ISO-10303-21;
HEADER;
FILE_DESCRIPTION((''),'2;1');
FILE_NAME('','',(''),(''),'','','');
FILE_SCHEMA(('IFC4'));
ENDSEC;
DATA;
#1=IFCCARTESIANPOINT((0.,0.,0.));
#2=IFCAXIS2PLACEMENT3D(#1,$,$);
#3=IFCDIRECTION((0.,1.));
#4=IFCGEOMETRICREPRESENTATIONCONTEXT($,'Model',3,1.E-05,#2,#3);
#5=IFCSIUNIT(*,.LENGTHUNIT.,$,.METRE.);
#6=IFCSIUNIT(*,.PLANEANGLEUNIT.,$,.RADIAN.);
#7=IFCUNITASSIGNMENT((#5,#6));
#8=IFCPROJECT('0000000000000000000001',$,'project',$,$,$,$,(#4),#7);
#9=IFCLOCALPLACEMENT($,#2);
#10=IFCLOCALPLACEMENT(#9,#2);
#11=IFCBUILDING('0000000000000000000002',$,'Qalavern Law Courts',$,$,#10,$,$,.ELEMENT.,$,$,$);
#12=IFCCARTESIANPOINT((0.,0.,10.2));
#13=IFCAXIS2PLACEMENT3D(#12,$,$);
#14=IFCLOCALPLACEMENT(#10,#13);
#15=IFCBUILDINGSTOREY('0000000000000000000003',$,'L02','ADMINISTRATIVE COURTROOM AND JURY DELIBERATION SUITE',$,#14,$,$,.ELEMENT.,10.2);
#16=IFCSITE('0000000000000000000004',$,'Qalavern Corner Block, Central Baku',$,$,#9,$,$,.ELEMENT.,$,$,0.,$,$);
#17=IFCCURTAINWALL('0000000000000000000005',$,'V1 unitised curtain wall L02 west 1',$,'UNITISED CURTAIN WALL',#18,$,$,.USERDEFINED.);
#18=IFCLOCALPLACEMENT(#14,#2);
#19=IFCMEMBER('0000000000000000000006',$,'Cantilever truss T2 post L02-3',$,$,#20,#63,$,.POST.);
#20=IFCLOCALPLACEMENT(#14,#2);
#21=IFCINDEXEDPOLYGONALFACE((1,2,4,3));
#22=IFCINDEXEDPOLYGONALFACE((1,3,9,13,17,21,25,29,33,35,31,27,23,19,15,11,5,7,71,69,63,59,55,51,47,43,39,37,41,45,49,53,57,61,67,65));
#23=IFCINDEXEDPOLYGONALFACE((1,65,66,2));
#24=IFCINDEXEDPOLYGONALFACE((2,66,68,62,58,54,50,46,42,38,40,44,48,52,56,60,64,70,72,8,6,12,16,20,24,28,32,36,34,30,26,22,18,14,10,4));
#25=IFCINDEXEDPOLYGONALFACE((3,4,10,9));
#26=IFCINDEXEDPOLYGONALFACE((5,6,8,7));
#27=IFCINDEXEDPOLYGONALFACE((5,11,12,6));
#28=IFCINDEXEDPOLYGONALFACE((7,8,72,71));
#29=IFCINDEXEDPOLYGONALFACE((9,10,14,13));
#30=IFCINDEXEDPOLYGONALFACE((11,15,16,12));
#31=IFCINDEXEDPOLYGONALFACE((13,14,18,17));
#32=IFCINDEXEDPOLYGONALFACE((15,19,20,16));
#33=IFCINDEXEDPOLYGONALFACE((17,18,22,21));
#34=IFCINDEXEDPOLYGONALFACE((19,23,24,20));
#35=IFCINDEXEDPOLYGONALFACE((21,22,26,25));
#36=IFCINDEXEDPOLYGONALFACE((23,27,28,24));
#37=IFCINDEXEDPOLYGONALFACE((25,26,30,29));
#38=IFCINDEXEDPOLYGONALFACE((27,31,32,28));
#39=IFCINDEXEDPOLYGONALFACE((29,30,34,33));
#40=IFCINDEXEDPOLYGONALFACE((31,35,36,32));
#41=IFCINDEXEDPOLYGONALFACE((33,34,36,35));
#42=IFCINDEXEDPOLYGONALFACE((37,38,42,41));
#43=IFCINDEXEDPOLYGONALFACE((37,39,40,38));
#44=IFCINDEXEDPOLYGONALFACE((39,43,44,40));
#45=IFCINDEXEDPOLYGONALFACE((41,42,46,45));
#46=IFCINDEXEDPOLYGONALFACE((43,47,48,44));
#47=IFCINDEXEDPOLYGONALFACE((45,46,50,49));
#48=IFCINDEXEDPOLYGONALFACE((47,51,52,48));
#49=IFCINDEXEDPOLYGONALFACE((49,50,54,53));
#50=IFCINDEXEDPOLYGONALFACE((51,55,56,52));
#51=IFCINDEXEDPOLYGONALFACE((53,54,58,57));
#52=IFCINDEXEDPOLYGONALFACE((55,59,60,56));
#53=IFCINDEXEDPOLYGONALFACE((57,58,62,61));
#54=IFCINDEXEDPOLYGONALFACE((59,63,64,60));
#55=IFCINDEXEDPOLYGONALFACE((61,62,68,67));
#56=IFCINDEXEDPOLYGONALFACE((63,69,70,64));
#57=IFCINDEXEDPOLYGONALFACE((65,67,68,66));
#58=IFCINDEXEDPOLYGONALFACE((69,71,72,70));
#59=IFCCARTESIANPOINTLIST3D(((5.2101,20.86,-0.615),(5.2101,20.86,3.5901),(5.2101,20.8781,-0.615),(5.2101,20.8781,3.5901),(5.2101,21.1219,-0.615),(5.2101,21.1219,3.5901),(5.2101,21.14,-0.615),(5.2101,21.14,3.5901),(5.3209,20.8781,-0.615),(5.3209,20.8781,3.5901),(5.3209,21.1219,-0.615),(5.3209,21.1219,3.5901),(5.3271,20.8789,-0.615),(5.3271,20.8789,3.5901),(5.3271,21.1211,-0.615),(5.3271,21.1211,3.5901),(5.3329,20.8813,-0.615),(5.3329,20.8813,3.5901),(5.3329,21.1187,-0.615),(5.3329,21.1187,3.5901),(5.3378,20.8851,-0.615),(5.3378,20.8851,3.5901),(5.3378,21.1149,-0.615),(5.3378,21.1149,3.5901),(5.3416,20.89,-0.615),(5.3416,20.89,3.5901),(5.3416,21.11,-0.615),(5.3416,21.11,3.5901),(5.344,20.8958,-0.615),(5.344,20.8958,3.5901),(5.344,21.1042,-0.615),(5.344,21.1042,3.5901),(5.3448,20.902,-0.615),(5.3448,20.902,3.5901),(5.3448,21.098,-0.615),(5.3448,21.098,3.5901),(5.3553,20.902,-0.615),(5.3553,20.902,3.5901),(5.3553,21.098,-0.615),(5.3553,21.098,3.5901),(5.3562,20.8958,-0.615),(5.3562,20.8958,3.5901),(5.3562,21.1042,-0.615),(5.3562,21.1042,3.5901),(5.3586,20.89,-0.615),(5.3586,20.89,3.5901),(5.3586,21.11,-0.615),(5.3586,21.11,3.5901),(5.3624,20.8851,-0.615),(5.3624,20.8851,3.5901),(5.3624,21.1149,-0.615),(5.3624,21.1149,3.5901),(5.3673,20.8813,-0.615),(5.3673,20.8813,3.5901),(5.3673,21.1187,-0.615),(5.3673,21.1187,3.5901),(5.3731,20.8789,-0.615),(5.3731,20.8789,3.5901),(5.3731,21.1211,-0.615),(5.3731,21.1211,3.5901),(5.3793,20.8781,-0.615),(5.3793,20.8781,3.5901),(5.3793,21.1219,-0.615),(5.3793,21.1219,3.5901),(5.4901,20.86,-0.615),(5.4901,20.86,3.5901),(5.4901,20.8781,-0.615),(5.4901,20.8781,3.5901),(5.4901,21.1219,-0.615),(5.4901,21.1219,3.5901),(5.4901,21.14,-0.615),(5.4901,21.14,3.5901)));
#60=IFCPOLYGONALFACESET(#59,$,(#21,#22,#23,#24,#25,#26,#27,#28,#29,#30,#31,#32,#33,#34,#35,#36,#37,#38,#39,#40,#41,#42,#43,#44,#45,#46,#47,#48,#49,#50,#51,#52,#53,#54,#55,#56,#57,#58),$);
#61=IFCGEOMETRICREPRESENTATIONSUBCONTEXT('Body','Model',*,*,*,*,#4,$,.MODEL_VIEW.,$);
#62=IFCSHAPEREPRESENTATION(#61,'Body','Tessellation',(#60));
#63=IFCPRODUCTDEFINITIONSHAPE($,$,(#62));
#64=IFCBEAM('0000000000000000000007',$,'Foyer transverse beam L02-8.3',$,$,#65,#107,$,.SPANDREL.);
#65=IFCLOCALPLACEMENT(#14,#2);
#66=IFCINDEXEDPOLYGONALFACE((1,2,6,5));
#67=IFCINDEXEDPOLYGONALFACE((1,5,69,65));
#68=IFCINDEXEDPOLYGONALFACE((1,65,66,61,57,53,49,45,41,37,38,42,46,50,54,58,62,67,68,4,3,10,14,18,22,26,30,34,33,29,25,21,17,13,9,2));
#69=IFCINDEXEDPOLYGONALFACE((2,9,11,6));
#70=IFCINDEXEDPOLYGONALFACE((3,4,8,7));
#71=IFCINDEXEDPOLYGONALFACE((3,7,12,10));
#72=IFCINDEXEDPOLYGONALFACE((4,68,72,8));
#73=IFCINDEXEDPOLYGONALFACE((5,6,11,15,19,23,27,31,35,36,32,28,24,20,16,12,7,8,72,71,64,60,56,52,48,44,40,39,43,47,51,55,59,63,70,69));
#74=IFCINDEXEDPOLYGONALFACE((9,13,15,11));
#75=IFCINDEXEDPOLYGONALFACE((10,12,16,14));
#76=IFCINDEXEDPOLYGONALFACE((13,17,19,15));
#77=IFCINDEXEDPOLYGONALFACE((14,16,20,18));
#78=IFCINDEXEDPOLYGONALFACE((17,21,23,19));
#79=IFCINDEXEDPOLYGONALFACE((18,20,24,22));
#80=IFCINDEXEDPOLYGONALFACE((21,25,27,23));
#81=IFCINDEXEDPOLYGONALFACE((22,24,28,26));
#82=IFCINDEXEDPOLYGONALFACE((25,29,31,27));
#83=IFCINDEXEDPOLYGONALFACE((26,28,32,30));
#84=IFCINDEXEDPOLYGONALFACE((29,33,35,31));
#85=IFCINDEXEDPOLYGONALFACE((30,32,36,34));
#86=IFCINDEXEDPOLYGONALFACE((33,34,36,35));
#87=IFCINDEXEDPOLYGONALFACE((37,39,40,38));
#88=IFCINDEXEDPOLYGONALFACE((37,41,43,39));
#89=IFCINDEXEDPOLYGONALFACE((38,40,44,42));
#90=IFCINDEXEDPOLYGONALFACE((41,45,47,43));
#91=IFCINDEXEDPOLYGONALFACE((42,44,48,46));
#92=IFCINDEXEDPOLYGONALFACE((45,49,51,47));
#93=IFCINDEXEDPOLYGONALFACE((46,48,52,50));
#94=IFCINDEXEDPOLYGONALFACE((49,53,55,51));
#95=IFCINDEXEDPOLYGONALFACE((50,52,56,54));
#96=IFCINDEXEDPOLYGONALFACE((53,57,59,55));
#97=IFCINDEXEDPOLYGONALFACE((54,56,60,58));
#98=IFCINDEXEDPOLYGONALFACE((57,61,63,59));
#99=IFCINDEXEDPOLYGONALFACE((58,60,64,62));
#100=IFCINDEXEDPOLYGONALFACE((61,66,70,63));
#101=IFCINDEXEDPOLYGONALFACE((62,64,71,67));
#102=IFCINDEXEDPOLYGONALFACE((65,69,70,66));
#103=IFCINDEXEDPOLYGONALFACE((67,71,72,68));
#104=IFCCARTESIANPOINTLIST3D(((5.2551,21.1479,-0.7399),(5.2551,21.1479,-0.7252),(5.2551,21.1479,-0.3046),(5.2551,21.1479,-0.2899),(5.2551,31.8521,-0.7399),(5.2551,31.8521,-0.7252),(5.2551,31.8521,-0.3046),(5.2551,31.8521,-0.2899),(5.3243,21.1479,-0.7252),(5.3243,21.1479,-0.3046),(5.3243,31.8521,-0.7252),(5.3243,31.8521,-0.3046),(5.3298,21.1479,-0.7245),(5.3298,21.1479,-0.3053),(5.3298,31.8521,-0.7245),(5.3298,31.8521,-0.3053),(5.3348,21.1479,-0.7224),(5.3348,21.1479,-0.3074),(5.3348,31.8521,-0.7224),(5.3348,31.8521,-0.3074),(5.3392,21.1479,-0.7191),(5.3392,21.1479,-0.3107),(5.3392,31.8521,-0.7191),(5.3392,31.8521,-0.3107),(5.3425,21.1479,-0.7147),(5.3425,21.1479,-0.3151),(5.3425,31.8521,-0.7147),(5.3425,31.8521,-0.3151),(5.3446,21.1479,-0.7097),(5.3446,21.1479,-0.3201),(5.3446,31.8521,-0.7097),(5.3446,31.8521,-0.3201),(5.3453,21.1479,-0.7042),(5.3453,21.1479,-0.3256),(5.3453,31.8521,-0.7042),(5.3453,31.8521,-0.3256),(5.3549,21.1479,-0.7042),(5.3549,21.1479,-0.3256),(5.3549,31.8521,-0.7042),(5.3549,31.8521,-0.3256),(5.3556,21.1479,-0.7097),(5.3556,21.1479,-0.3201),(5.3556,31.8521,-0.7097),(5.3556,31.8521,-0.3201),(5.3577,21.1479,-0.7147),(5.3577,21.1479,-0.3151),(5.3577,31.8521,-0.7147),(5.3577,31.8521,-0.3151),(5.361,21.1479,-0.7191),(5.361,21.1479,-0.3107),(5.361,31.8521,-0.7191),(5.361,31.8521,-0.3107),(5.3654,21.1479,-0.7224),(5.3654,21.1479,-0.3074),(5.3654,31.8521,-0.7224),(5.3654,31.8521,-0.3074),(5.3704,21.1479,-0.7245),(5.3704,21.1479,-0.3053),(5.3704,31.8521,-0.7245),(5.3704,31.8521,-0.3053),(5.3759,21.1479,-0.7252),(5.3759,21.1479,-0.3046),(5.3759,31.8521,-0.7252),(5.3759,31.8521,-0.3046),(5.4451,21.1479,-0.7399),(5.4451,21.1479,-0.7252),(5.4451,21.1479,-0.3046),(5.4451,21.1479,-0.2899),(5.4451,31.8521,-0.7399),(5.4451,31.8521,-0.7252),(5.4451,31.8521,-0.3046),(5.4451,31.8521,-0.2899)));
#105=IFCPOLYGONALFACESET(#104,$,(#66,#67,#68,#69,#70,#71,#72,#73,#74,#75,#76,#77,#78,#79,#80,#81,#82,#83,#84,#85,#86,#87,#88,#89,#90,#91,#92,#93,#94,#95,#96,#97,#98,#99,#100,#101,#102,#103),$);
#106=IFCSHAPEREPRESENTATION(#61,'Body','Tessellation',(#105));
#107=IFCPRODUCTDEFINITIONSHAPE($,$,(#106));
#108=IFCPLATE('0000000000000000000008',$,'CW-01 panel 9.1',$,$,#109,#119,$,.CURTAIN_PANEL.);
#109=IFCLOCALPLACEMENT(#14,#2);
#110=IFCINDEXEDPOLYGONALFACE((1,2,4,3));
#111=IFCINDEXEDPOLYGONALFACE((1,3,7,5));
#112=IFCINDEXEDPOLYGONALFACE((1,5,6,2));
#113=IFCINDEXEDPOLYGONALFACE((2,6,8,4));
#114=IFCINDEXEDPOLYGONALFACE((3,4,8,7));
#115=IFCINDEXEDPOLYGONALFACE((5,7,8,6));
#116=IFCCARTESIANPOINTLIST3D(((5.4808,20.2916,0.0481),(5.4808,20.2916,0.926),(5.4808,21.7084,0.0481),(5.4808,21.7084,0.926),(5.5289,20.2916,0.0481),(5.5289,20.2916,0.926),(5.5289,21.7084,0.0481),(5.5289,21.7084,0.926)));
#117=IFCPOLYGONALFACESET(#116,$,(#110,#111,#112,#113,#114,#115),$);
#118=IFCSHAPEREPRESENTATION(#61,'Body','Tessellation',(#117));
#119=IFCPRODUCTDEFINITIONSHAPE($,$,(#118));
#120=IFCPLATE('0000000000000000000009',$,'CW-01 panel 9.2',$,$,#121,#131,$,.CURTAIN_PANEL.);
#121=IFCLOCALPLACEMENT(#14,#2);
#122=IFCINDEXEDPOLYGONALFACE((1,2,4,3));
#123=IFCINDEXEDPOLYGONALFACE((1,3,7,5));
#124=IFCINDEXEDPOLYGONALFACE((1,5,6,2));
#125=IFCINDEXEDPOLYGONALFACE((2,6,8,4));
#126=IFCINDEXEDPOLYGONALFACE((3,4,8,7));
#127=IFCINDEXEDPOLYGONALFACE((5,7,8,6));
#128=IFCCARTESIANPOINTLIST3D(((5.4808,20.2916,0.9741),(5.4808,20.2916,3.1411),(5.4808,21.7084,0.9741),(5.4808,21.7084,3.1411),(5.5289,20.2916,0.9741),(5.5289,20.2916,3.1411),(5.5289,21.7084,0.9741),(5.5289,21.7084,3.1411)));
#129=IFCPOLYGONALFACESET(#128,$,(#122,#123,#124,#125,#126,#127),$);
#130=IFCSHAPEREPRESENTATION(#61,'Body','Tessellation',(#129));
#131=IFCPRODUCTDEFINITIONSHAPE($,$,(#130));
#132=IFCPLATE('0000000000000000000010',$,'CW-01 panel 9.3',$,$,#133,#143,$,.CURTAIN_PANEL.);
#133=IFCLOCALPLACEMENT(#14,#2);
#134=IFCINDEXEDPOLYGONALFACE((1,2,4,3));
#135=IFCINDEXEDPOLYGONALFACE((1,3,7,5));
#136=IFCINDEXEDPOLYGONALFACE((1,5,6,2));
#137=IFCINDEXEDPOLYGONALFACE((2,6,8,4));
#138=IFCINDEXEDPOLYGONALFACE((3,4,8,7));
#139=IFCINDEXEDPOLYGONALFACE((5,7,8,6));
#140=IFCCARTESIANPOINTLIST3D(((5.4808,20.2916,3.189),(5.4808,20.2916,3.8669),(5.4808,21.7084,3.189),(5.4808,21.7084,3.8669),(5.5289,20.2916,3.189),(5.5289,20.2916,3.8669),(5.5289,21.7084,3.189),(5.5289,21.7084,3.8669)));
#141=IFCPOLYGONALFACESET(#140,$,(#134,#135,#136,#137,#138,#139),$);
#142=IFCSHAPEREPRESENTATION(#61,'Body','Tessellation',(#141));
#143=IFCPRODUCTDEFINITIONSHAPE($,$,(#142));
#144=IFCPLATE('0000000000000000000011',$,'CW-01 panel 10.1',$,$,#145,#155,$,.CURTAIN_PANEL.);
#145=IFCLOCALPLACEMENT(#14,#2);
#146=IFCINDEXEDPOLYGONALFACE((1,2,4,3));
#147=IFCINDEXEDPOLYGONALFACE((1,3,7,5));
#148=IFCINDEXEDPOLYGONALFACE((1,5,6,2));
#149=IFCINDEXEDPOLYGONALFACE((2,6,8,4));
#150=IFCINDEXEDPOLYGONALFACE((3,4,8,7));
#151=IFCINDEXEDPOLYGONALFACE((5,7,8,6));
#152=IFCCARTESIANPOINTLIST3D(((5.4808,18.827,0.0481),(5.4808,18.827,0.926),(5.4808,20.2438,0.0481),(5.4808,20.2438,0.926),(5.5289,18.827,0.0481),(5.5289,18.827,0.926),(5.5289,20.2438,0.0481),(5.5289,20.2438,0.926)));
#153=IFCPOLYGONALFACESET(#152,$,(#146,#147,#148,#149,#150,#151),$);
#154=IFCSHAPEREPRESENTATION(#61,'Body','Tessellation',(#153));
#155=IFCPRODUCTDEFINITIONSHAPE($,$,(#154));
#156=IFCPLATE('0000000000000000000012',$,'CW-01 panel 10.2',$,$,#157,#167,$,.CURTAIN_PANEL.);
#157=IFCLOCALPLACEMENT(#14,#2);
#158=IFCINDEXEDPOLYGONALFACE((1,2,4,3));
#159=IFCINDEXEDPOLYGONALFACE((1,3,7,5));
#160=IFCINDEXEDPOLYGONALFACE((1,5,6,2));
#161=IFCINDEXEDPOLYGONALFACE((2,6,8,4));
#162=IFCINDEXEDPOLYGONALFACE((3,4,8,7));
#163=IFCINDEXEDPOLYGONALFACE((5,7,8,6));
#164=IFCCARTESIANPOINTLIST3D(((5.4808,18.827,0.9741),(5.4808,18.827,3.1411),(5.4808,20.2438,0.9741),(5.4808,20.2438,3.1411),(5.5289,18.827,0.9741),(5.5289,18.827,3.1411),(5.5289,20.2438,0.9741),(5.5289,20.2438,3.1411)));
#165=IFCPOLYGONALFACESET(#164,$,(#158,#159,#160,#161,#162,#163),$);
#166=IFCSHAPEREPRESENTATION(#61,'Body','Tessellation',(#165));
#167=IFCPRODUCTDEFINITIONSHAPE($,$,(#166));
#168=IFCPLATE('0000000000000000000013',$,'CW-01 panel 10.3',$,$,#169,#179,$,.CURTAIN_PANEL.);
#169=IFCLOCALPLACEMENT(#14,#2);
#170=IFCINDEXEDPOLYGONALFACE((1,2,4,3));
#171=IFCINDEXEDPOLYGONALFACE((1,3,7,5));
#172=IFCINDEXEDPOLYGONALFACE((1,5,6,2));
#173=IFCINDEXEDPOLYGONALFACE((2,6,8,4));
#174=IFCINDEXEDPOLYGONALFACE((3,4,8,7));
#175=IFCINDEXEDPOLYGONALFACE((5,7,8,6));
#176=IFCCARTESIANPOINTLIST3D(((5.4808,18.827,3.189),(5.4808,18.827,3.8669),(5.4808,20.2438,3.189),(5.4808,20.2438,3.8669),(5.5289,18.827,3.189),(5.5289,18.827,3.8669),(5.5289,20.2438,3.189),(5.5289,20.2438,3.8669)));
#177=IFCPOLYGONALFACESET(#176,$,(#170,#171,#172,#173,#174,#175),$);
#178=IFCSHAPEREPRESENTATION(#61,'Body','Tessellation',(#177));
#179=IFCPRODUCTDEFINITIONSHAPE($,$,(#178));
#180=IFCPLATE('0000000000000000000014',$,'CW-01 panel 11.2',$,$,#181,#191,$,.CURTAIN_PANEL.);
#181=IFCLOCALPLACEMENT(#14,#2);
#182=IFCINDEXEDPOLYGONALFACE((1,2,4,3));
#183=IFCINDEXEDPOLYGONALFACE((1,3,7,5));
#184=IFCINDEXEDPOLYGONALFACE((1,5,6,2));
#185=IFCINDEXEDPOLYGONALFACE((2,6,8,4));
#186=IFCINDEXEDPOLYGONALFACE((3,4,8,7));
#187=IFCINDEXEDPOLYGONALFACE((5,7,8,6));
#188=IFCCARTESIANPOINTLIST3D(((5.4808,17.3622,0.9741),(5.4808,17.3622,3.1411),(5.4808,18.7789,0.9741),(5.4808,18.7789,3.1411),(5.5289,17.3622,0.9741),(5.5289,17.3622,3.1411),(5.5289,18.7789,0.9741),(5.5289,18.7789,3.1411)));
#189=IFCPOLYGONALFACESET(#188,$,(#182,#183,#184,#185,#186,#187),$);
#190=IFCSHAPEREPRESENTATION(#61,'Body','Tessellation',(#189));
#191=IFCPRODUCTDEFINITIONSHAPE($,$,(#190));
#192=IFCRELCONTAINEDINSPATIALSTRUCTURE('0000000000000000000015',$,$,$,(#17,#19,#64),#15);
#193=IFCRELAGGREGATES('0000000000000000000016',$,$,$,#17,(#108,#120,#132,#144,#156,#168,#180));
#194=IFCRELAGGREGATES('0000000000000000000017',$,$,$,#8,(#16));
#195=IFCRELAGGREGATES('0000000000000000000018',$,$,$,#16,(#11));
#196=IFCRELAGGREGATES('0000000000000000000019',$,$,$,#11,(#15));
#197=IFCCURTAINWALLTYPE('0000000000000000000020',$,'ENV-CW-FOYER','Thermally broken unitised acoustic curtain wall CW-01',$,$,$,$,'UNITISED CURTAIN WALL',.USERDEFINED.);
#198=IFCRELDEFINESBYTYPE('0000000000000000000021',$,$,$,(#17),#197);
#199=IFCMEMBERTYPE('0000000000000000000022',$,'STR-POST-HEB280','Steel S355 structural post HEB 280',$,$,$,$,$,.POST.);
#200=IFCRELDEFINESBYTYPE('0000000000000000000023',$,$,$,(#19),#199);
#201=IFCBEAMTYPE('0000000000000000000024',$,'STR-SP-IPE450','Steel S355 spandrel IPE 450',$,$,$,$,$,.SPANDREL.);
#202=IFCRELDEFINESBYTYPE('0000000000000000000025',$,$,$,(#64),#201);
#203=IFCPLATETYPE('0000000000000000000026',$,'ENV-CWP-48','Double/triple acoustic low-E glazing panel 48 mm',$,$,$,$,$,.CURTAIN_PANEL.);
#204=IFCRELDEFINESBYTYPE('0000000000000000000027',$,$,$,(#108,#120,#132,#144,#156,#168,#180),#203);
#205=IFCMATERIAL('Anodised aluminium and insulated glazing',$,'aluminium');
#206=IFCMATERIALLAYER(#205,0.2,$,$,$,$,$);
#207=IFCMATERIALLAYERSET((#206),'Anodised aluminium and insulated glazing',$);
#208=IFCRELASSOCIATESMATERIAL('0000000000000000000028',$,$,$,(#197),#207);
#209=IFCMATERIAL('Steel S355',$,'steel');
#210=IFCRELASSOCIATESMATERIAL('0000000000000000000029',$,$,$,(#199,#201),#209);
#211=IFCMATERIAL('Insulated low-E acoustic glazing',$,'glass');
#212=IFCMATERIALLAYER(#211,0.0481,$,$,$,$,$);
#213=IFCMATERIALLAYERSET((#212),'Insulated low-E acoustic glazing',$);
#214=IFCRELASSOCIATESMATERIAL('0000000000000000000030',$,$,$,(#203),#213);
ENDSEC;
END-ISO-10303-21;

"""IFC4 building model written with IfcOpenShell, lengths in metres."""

from ifc_helpers import new_model, si_unit, direction, frame, origin, origin_2d, place, context, subcontext, project, spatial, rectangle, i_section, extrude, material, layer, layer_set, material_profile, profile_set, type_object, element, aggregate, save


model = new_model("IFC4")

# Units and contexts
model_context = context("Model", 3, precision=1e-05, world=origin(), true_north=direction((0.0, 1.0)))
body_context = subcontext(model_context, "Body", "Model", "MODEL_VIEW")
ifc_project = project(units=[si_unit("LENGTHUNIT", "METRE"), si_unit("PLANEANGLEUNIT", "RADIAN")], contexts=[model_context])

# Site, building, storey
site_placement = place(None, origin())
site = spatial("IfcSite", under=ifc_project, at=site_placement, Name="Qalavern Corner Block, Central Baku", CompositionType="ELEMENT", RefElevation=0.0)
building_placement = place(site_placement, origin())
building = spatial("IfcBuilding", under=site, at=building_placement, Name="Qalavern Law Courts", CompositionType="ELEMENT")
storey_placement = place(building_placement, frame((0.0, 0.0, 10.2)))
storey = spatial("IfcBuildingStorey", under=building, at=storey_placement, Name="L02", Description="ADMINISTRATIVE COURTROOM AND JURY DELIBERATION SUITE", CompositionType="ELEMENT", Elevation=10.2)

# Curtain wall
ifc_material_1 = material(Name="Anodised aluminium and insulated glazing", Category="aluminium")
ifc_layer_1 = layer(ifc_material_1, 0.2)
ifc_layer_set_1 = layer_set([ifc_layer_1], Name="Anodised aluminium and insulated glazing")
curtain_wall_type = type_object("IfcCurtainWallType", Name="ENV-CW-FOYER", Description="Thermally broken unitised acoustic curtain wall CW-01", ElementType="UNITISED CURTAIN WALL", PredefinedType="USERDEFINED", material=ifc_layer_set_1)
curtain_wall_placement = place(storey_placement, origin())
curtain_wall = element("IfcCurtainWall", 1, at=curtain_wall_placement, inside=storey, type_object=curtain_wall_type, Name="V1 unitised curtain wall L02 west 1", ObjectType="UNITISED CURTAIN WALL", PredefinedType="USERDEFINED")

# Member
ifc_material_2 = material(Name="Steel S355", Category="steel")
ifc_material_profile_1 = material_profile(ifc_material_2, i_section(OverallWidth=0.28, OverallDepth=0.28, WebThickness=0.0105, FlangeThickness=0.0181, FilletRadius=0.0239, at=origin_2d()), Name="HEB 280")
ifc_profile_set_1 = profile_set([ifc_material_profile_1], Name="Steel S355")
member_type_1 = type_object("IfcMemberType", Name="STR-POST-HEB280", Description="Steel S355 structural post HEB 280", PredefinedType="POST", material=ifc_profile_set_1)
member_1_placement = place(storey_placement, frame((5.3501, 21.0, -0.615), z_axis=(0.0, 0.0, 1.0), x_axis=(1.0, 0.0, 0.0)))
element("IfcMember", 2, at=member_1_placement, inside=storey, type_object=member_type_1, Name="Cantilever truss T2 post L02-3", PredefinedType="POST", context=body_context, shape_type="SweptSolid", body=[
    extrude(i_section(OverallWidth=0.28, OverallDepth=0.28, WebThickness=0.0105, FlangeThickness=0.0181, FilletRadius=0.0239, at=origin_2d()), origin(), (0.0, 0.0, 1.0), 4.2051),
])

# Beam
ifc_material_profile_2 = material_profile(ifc_material_2, i_section(OverallWidth=0.1899, OverallDepth=0.45, WebThickness=0.0095, FlangeThickness=0.0146, FilletRadius=0.021, at=origin_2d()), Name="IPE 450")
ifc_profile_set_2 = profile_set([ifc_material_profile_2], Name="Steel S355")
beam_type = type_object("IfcBeamType", Name="STR-SP-IPE450", Description="Steel S355 spandrel IPE 450", PredefinedType="SPANDREL", material=ifc_profile_set_2)
beam_placement = place(storey_placement, frame((5.3501, 21.1479, -0.5149), z_axis=(0.0, 1.0, 0.0), x_axis=(-1.0, 0.0, 0.0)))
element("IfcBeam", 3, at=beam_placement, inside=storey, type_object=beam_type, Name="Foyer transverse beam L02-8.3", PredefinedType="SPANDREL", context=body_context, shape_type="SweptSolid", body=[
    extrude(i_section(OverallWidth=0.1899, OverallDepth=0.45, WebThickness=0.0095, FlangeThickness=0.0146, FilletRadius=0.021, at=origin_2d()), origin(), (0.0, 0.0, 1.0), 10.7041),
])

# Plates
ifc_material_3 = material(Name="Insulated low-E acoustic glazing", Category="glass")
ifc_layer_2 = layer(ifc_material_3, 0.0481)
ifc_layer_set_2 = layer_set([ifc_layer_2], Name="Insulated low-E acoustic glazing")
plate_type_1 = type_object("IfcPlateType", Name="ENV-CWP-48", Description="Double/triple acoustic low-E glazing panel 48 mm", PredefinedType="CURTAIN_PANEL", material=ifc_layer_set_2)
plate_1_placement = place(storey_placement, frame((5.5049, 21.0, 0.0481), z_axis=(0.0, 0.0, 1.0), x_axis=(0.0, -1.0, 0.0)))
plate_1 = element("IfcPlate", 4, at=plate_1_placement, type_object=plate_type_1, Name="CW-01 panel 9.1", PredefinedType="CURTAIN_PANEL", context=body_context, shape_type="SweptSolid", body=[
    extrude(rectangle(XDim=1.4167, YDim=0.0481, at=origin_2d()), origin(), (0.0, 0.0, 1.0), 0.8779),
])
plate_2_placement = place(storey_placement, frame((5.5049, 21.0, 0.9741), z_axis=(0.0, 0.0, 1.0), x_axis=(0.0, -1.0, 0.0)))
plate_2 = element("IfcPlate", 5, at=plate_2_placement, type_object=plate_type_1, Name="CW-01 panel 9.2", PredefinedType="CURTAIN_PANEL", context=body_context, shape_type="SweptSolid", body=[
    extrude(rectangle(XDim=1.4167, YDim=0.0481, at=origin_2d()), origin(), (0.0, 0.0, 1.0), 2.167),
])
plate_3_placement = place(storey_placement, frame((5.5049, 21.0, 3.189), z_axis=(0.0, 0.0, 1.0), x_axis=(0.0, -1.0, 0.0)))
plate_3 = element("IfcPlate", 6, at=plate_3_placement, type_object=plate_type_1, Name="CW-01 panel 9.3", PredefinedType="CURTAIN_PANEL", context=body_context, shape_type="SweptSolid", body=[
    extrude(rectangle(XDim=1.4167, YDim=0.0481, at=origin_2d()), origin(), (0.0, 0.0, 1.0), 0.678),
])
plate_4_placement = place(storey_placement, frame((5.5049, 19.5354, 0.0481), z_axis=(0.0, 0.0, 1.0), x_axis=(0.0, -1.0, 0.0)))
plate_4 = element("IfcPlate", 7, at=plate_4_placement, type_object=plate_type_1, Name="CW-01 panel 10.1", PredefinedType="CURTAIN_PANEL", context=body_context, shape_type="SweptSolid", body=[
    extrude(rectangle(XDim=1.4167, YDim=0.0481, at=origin_2d()), origin(), (0.0, 0.0, 1.0), 0.8779),
])
plate_5_placement = place(storey_placement, frame((5.5049, 19.5354, 0.9741), z_axis=(0.0, 0.0, 1.0), x_axis=(0.0, -1.0, 0.0)))
plate_5 = element("IfcPlate", 8, at=plate_5_placement, type_object=plate_type_1, Name="CW-01 panel 10.2", PredefinedType="CURTAIN_PANEL", context=body_context, shape_type="SweptSolid", body=[
    extrude(rectangle(XDim=1.4167, YDim=0.0481, at=origin_2d()), origin(), (0.0, 0.0, 1.0), 2.167),
])
plate_6_placement = place(storey_placement, frame((5.5049, 19.5354, 3.189), z_axis=(0.0, 0.0, 1.0), x_axis=(0.0, -1.0, 0.0)))
plate_6 = element("IfcPlate", 9, at=plate_6_placement, type_object=plate_type_1, Name="CW-01 panel 10.3", PredefinedType="CURTAIN_PANEL", context=body_context, shape_type="SweptSolid", body=[
    extrude(rectangle(XDim=1.4167, YDim=0.0481, at=origin_2d()), origin(), (0.0, 0.0, 1.0), 0.678),
])
plate_7_placement = place(storey_placement, frame((5.5049, 18.0706, 0.9741), z_axis=(0.0, 0.0, 1.0), x_axis=(0.0, -1.0, 0.0)))
plate_7 = element("IfcPlate", 10, at=plate_7_placement, type_object=plate_type_1, Name="CW-01 panel 11.2", PredefinedType="CURTAIN_PANEL", context=body_context, shape_type="SweptSolid", body=[
    extrude(rectangle(XDim=1.4167, YDim=0.0481, at=origin_2d()), origin(), (0.0, 0.0, 1.0), 2.167),
])
aggregate(curtain_wall, [plate_1, plate_2, plate_3, plate_4, plate_5, plate_6, plate_7])

save(model, "model.ifc")
